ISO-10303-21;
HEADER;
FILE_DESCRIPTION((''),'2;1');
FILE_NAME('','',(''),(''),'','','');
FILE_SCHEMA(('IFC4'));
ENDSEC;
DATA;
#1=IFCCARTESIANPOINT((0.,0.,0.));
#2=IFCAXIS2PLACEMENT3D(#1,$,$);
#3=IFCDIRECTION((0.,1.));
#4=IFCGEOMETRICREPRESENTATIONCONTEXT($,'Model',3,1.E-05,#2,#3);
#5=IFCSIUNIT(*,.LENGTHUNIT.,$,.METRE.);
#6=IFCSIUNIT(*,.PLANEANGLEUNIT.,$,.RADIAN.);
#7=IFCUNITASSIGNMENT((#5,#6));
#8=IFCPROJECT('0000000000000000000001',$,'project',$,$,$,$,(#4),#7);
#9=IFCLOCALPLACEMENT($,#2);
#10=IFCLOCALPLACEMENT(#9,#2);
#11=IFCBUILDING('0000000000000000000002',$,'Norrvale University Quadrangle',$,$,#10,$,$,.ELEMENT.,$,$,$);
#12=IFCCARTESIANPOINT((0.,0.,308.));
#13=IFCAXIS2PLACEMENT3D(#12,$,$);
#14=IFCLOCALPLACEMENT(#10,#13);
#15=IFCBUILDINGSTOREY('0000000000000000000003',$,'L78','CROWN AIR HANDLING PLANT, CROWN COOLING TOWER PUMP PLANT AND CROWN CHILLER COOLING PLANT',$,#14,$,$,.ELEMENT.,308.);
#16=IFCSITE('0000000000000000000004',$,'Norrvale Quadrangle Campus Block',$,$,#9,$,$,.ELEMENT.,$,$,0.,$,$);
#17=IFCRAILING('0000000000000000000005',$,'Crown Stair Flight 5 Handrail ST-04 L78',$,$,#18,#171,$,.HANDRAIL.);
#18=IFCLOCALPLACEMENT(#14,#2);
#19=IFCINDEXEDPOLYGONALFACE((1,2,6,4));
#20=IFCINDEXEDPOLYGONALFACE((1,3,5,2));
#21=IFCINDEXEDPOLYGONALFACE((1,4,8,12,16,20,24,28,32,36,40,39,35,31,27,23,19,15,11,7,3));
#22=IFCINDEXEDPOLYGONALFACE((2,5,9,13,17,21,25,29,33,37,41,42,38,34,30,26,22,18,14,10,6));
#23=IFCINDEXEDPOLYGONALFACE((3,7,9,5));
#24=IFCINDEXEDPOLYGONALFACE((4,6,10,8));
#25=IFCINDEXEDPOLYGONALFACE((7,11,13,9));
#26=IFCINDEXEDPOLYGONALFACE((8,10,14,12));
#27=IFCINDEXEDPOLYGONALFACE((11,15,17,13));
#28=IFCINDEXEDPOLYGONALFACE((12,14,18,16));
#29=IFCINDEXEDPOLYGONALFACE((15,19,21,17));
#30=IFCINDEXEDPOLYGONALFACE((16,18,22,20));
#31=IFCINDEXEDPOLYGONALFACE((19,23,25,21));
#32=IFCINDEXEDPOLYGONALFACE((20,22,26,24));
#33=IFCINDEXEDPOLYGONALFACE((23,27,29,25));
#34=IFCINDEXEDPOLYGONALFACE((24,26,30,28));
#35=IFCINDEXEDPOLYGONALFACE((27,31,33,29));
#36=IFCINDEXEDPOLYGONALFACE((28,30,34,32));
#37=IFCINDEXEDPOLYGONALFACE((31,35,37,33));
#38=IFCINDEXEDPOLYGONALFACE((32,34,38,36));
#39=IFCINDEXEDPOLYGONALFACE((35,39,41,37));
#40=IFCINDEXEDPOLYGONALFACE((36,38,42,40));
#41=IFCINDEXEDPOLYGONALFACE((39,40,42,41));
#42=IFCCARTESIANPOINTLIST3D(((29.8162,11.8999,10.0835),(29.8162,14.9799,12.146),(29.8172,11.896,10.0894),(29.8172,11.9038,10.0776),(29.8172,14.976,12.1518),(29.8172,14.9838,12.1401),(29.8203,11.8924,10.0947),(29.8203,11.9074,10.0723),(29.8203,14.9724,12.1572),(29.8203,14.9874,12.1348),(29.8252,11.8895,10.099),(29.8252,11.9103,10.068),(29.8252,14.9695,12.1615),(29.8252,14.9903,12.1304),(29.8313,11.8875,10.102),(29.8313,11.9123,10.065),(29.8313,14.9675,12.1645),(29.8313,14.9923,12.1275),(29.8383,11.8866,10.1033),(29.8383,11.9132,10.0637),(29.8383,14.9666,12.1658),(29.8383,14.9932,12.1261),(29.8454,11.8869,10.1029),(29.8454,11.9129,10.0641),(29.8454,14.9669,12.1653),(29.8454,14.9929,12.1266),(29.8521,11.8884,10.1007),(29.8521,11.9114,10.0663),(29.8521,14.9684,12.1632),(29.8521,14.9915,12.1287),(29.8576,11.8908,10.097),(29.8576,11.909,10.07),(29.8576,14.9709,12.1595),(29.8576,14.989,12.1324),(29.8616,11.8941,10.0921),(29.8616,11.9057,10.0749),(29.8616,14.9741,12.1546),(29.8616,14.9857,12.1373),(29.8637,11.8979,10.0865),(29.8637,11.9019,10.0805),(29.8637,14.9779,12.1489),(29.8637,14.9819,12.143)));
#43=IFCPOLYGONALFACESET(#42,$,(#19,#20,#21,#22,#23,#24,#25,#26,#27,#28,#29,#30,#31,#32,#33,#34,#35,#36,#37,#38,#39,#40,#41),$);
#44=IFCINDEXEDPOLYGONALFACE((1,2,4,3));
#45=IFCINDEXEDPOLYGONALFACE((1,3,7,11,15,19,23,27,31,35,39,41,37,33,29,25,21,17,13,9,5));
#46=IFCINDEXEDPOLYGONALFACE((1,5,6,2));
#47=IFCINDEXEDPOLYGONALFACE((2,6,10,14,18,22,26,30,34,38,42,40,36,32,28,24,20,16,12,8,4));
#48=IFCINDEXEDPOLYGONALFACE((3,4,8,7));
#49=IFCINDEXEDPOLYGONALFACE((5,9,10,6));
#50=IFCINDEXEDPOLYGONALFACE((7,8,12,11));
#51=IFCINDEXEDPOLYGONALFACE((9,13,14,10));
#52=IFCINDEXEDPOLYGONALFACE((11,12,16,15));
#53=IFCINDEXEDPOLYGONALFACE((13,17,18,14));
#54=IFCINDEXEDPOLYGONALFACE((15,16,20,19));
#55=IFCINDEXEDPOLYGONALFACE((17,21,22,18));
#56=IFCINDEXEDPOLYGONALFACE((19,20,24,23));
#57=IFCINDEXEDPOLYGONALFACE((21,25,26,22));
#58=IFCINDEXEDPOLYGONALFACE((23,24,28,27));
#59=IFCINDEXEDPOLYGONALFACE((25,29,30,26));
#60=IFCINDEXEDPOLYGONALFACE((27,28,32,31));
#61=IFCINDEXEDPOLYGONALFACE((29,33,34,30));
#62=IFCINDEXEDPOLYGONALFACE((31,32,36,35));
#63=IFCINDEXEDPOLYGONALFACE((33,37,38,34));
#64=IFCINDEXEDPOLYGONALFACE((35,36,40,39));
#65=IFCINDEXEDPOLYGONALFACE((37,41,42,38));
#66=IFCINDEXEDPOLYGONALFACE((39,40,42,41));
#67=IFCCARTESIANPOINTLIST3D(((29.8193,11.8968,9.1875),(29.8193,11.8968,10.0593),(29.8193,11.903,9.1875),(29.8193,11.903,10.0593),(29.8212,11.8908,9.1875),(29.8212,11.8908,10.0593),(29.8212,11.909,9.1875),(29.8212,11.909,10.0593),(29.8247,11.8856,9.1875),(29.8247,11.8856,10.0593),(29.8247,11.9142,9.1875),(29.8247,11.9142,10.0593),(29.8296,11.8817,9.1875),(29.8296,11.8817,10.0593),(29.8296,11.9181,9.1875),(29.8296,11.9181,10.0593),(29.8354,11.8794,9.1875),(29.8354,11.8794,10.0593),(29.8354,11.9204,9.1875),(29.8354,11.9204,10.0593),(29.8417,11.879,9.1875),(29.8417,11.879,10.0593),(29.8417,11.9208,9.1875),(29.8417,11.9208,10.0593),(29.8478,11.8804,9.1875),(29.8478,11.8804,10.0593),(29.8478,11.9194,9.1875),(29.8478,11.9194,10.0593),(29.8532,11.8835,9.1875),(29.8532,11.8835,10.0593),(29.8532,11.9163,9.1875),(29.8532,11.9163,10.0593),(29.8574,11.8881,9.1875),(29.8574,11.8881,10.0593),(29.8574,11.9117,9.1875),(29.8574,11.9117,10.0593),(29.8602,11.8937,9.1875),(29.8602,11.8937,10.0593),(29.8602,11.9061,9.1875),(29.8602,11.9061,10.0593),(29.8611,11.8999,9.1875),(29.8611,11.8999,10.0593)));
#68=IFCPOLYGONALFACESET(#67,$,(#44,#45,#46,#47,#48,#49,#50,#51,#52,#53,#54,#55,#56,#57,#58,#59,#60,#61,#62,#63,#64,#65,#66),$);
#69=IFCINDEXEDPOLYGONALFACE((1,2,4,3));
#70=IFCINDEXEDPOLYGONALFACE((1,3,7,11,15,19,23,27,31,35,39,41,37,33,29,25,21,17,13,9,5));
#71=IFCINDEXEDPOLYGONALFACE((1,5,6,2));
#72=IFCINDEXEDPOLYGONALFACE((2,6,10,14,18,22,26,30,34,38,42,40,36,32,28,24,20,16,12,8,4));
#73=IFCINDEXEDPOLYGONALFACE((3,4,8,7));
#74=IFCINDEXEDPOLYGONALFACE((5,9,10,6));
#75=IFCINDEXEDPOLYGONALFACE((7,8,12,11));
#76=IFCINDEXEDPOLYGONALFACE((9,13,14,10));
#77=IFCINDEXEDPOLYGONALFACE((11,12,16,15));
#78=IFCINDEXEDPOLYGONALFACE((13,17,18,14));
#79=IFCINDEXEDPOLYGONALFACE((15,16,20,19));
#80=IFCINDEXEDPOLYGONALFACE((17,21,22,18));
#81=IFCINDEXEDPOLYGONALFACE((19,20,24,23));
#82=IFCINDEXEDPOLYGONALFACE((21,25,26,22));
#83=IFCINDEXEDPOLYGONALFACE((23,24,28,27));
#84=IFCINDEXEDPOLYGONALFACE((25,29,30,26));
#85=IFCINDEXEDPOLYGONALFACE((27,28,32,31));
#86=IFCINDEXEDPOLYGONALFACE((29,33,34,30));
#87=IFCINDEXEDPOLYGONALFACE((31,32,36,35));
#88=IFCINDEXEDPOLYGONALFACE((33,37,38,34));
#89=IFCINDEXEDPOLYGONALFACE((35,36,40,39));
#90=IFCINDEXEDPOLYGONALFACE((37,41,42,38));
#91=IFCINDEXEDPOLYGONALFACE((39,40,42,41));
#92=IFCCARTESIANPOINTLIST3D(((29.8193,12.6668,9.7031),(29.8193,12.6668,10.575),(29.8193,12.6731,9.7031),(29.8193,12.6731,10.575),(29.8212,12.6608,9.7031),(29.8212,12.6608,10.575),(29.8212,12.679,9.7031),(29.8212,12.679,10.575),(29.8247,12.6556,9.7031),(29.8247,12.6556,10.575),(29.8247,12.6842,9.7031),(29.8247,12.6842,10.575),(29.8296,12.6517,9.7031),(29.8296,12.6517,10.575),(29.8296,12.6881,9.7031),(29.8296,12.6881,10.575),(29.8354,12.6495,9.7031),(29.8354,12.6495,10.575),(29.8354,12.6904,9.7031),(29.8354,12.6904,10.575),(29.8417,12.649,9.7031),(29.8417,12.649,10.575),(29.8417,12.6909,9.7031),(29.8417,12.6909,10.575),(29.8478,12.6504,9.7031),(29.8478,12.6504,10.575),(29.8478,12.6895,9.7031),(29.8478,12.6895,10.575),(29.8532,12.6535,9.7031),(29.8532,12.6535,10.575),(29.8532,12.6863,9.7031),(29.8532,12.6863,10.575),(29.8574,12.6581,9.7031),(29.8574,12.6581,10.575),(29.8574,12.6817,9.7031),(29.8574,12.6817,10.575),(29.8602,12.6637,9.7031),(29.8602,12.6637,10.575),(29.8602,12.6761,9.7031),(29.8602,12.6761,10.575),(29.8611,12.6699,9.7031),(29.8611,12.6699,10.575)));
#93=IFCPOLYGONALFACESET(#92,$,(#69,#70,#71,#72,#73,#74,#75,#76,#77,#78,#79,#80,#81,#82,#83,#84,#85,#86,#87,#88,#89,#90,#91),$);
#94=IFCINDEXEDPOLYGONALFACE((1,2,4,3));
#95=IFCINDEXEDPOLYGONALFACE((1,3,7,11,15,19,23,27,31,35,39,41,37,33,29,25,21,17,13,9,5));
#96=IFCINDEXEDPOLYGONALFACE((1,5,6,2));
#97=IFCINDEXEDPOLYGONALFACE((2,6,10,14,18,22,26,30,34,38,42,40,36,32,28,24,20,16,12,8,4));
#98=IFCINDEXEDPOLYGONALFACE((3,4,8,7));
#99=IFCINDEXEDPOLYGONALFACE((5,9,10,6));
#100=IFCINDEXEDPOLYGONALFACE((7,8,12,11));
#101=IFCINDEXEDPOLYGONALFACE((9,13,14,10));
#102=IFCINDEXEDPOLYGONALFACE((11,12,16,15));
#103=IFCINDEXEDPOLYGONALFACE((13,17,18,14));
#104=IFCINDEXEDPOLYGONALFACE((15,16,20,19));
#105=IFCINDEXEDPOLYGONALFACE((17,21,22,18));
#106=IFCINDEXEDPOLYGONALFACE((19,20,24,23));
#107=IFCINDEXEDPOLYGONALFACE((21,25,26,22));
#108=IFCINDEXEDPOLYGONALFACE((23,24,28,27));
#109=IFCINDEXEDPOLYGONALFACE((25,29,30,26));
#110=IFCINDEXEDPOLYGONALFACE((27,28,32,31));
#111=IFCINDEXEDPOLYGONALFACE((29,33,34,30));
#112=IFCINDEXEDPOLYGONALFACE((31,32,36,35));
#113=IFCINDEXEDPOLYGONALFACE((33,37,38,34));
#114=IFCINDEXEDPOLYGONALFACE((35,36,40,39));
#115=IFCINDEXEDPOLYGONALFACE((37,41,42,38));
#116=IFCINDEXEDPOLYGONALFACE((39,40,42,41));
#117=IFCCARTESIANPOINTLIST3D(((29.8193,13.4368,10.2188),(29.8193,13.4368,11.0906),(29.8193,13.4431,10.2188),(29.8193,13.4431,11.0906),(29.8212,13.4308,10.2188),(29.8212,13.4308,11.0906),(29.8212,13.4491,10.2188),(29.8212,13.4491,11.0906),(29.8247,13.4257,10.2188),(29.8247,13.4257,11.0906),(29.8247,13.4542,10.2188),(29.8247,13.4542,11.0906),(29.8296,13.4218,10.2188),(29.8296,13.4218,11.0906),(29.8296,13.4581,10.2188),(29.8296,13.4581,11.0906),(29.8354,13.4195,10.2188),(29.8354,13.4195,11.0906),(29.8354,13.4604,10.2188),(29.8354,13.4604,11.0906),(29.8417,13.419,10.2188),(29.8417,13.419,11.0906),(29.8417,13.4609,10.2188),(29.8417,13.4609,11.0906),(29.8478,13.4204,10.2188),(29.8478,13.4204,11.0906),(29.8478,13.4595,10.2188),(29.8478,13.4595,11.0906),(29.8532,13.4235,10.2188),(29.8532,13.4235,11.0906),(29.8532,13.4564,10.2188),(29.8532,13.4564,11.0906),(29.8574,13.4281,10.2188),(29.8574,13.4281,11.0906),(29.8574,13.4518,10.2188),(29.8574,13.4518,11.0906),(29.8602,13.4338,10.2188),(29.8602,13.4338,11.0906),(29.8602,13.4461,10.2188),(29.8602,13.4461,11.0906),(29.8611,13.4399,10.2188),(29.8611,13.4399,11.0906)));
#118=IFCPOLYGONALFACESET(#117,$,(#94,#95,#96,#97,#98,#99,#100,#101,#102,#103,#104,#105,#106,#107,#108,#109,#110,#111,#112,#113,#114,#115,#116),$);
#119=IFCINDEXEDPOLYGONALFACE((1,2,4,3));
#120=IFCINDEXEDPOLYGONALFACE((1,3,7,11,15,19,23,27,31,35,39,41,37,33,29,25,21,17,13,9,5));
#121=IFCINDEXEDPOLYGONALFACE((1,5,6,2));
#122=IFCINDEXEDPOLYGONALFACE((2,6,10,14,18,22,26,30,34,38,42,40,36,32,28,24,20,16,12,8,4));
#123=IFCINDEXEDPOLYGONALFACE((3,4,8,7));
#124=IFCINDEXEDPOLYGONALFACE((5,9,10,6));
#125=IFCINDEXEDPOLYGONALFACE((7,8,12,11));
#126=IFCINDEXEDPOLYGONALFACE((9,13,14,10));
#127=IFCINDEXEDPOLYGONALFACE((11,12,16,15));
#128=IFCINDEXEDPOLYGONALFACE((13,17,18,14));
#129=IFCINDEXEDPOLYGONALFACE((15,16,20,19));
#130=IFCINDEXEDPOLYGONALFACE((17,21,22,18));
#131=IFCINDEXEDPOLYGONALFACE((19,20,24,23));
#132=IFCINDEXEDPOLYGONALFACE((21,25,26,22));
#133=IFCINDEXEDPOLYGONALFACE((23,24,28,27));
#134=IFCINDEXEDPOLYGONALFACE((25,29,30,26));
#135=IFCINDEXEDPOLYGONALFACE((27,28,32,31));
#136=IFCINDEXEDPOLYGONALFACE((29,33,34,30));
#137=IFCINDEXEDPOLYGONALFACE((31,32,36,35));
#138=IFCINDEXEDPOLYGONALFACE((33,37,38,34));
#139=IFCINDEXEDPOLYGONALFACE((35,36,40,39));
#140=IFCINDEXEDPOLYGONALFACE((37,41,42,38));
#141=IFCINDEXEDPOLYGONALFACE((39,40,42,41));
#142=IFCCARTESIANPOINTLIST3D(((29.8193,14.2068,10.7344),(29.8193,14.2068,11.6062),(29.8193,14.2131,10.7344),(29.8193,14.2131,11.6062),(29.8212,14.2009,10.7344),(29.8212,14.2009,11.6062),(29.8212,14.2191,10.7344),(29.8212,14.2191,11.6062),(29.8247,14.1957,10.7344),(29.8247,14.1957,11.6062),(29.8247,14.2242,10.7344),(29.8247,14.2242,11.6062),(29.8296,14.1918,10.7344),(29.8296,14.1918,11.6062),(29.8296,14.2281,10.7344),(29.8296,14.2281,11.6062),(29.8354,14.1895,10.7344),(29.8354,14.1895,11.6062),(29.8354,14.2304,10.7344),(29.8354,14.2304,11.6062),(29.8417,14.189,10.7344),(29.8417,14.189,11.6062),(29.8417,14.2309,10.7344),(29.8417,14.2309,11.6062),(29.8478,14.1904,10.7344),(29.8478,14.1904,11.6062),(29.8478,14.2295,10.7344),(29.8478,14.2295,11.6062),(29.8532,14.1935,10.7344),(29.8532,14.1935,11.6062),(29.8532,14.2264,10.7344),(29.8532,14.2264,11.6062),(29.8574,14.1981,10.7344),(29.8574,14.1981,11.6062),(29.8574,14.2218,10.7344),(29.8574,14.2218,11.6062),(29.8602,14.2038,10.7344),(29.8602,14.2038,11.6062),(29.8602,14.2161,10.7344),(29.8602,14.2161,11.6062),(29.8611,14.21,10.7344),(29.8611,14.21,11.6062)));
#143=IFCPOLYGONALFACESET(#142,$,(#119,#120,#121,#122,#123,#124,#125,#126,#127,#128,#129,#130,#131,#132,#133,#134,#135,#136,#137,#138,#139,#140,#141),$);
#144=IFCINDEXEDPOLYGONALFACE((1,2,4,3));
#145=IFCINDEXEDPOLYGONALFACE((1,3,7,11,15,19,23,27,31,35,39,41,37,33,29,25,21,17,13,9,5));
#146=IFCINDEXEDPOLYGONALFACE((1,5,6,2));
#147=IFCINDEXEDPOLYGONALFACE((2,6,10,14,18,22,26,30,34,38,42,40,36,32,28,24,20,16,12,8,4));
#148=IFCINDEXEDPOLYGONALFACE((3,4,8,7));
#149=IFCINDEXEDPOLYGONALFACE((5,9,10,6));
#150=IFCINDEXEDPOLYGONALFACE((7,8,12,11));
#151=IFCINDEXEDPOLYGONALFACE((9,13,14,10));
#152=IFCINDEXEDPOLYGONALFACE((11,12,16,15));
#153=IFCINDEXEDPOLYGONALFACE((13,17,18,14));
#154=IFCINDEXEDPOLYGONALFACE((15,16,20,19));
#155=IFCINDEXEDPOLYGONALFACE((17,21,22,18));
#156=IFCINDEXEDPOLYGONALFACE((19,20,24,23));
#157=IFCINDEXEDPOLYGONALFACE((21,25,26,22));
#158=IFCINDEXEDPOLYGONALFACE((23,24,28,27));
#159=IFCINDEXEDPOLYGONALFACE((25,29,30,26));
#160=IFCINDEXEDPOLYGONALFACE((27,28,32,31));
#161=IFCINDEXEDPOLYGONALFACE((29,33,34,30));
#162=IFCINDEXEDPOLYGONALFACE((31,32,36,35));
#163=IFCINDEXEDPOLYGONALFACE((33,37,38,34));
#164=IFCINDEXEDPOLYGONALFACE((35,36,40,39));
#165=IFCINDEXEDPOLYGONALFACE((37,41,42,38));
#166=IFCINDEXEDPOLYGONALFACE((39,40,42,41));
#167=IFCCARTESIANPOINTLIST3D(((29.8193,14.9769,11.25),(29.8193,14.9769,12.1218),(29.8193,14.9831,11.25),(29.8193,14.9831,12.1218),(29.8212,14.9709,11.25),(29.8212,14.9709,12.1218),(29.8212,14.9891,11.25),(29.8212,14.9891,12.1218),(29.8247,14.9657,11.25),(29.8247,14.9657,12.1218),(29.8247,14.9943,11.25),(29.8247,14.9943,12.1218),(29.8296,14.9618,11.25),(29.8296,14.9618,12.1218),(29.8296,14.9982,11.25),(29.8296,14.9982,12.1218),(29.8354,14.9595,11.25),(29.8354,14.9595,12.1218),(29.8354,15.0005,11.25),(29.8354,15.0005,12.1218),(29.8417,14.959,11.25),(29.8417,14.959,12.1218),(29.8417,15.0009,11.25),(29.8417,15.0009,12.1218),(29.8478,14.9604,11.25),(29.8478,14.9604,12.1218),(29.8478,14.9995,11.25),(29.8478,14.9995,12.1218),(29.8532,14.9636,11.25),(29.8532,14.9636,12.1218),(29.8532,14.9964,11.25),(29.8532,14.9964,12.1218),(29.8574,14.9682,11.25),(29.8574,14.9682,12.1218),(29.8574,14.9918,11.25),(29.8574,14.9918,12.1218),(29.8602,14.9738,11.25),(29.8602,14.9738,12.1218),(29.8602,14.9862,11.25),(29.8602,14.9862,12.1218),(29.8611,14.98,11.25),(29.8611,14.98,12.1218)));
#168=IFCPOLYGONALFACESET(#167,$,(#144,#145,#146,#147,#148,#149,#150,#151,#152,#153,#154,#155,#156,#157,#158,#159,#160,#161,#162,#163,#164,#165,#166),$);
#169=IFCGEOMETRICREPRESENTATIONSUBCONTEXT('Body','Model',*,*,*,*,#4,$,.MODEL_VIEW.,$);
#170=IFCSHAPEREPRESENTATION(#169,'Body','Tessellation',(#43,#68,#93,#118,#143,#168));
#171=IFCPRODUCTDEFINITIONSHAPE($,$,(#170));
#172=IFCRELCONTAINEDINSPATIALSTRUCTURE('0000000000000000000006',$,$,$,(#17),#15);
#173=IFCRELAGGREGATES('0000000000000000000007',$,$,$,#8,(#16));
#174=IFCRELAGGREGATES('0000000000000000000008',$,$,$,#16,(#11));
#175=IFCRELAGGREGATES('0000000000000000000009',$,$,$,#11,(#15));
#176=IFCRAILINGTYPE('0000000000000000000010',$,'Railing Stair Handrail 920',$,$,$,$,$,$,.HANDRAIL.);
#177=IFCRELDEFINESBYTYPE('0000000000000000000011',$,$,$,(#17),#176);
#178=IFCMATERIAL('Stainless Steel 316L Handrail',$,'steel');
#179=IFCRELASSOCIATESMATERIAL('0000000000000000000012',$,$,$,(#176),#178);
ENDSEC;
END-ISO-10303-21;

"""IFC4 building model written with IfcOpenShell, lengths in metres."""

from ifc_helpers import new_model, si_unit, direction, frame, origin, origin_2d, place, context, subcontext, project, spatial, circle, extrude, material, type_object, element, save


model = new_model("IFC4")

# Units and contexts
model_context = context("Model", 3, precision=1e-05, world=origin(), true_north=direction((0.0, 1.0)))
body_context = subcontext(model_context, "Body", "Model", "MODEL_VIEW")
ifc_project = project(units=[si_unit("LENGTHUNIT", "METRE"), si_unit("PLANEANGLEUNIT", "RADIAN")], contexts=[model_context])

# Site, building, storey
site_placement = place(None, origin())
site = spatial("IfcSite", under=ifc_project, at=site_placement, Name="Norrvale Quadrangle Campus Block", CompositionType="ELEMENT", RefElevation=0.0)
building_placement = place(site_placement, origin())
building = spatial("IfcBuilding", under=site, at=building_placement, Name="Norrvale University Quadrangle", CompositionType="ELEMENT")
storey_placement = place(building_placement, frame((0.0, 0.0, 308.0)))
storey = spatial("IfcBuildingStorey", under=building, at=storey_placement, Name="L78", Description="CROWN AIR HANDLING PLANT, CROWN COOLING TOWER PUMP PLANT AND CROWN CHILLER COOLING PLANT", CompositionType="ELEMENT", Elevation=308.0)

# Railing
ifc_material_1 = material(Name="Stainless Steel 316L Handrail", Category="steel")
railing_type_1 = type_object("IfcRailingType", Name="Railing Stair Handrail 920", PredefinedType="HANDRAIL", material=ifc_material_1)
for number, where, name in (
    (1, (29.8401, 11.8999, 9.1875), "Crown Stair Flight 5 Handrail ST-04 L78"),
):
    element("IfcRailing", number, at=place(storey_placement, frame(where)), inside=storey, type_object=railing_type_1, Name=name, PredefinedType="HANDRAIL", context=body_context, shape_type="SweptSolid", body=[
        extrude(circle(Radius=0.0239, at=origin_2d()), frame((0.0, 0.0, 0.896), z_axis=(0.0, 0.830914, 0.556401), x_axis=(-1.0, 0.0, 0.0)), (0.0, 0.0, 1.0), 3.7068),
        extrude(circle(Radius=0.021, at=origin_2d()), origin(), (0.0, 0.0, 1.0), 0.8718),
        extrude(circle(Radius=0.021, at=origin_2d()), frame((0.0, 0.77, 0.5156)), (0.0, 0.0, 1.0), 0.8718),
        extrude(circle(Radius=0.021, at=origin_2d()), frame((0.0, 1.54, 1.0312)), (0.0, 0.0, 1.0), 0.8718),
        extrude(circle(Radius=0.021, at=origin_2d()), frame((0.0, 2.3101, 1.5469)), (0.0, 0.0, 1.0), 0.8718),
        extrude(circle(Radius=0.021, at=origin_2d()), frame((0.0, 3.0801, 2.0625)), (0.0, 0.0, 1.0), 0.8718),
    ])

save(model, "model.ifc")
